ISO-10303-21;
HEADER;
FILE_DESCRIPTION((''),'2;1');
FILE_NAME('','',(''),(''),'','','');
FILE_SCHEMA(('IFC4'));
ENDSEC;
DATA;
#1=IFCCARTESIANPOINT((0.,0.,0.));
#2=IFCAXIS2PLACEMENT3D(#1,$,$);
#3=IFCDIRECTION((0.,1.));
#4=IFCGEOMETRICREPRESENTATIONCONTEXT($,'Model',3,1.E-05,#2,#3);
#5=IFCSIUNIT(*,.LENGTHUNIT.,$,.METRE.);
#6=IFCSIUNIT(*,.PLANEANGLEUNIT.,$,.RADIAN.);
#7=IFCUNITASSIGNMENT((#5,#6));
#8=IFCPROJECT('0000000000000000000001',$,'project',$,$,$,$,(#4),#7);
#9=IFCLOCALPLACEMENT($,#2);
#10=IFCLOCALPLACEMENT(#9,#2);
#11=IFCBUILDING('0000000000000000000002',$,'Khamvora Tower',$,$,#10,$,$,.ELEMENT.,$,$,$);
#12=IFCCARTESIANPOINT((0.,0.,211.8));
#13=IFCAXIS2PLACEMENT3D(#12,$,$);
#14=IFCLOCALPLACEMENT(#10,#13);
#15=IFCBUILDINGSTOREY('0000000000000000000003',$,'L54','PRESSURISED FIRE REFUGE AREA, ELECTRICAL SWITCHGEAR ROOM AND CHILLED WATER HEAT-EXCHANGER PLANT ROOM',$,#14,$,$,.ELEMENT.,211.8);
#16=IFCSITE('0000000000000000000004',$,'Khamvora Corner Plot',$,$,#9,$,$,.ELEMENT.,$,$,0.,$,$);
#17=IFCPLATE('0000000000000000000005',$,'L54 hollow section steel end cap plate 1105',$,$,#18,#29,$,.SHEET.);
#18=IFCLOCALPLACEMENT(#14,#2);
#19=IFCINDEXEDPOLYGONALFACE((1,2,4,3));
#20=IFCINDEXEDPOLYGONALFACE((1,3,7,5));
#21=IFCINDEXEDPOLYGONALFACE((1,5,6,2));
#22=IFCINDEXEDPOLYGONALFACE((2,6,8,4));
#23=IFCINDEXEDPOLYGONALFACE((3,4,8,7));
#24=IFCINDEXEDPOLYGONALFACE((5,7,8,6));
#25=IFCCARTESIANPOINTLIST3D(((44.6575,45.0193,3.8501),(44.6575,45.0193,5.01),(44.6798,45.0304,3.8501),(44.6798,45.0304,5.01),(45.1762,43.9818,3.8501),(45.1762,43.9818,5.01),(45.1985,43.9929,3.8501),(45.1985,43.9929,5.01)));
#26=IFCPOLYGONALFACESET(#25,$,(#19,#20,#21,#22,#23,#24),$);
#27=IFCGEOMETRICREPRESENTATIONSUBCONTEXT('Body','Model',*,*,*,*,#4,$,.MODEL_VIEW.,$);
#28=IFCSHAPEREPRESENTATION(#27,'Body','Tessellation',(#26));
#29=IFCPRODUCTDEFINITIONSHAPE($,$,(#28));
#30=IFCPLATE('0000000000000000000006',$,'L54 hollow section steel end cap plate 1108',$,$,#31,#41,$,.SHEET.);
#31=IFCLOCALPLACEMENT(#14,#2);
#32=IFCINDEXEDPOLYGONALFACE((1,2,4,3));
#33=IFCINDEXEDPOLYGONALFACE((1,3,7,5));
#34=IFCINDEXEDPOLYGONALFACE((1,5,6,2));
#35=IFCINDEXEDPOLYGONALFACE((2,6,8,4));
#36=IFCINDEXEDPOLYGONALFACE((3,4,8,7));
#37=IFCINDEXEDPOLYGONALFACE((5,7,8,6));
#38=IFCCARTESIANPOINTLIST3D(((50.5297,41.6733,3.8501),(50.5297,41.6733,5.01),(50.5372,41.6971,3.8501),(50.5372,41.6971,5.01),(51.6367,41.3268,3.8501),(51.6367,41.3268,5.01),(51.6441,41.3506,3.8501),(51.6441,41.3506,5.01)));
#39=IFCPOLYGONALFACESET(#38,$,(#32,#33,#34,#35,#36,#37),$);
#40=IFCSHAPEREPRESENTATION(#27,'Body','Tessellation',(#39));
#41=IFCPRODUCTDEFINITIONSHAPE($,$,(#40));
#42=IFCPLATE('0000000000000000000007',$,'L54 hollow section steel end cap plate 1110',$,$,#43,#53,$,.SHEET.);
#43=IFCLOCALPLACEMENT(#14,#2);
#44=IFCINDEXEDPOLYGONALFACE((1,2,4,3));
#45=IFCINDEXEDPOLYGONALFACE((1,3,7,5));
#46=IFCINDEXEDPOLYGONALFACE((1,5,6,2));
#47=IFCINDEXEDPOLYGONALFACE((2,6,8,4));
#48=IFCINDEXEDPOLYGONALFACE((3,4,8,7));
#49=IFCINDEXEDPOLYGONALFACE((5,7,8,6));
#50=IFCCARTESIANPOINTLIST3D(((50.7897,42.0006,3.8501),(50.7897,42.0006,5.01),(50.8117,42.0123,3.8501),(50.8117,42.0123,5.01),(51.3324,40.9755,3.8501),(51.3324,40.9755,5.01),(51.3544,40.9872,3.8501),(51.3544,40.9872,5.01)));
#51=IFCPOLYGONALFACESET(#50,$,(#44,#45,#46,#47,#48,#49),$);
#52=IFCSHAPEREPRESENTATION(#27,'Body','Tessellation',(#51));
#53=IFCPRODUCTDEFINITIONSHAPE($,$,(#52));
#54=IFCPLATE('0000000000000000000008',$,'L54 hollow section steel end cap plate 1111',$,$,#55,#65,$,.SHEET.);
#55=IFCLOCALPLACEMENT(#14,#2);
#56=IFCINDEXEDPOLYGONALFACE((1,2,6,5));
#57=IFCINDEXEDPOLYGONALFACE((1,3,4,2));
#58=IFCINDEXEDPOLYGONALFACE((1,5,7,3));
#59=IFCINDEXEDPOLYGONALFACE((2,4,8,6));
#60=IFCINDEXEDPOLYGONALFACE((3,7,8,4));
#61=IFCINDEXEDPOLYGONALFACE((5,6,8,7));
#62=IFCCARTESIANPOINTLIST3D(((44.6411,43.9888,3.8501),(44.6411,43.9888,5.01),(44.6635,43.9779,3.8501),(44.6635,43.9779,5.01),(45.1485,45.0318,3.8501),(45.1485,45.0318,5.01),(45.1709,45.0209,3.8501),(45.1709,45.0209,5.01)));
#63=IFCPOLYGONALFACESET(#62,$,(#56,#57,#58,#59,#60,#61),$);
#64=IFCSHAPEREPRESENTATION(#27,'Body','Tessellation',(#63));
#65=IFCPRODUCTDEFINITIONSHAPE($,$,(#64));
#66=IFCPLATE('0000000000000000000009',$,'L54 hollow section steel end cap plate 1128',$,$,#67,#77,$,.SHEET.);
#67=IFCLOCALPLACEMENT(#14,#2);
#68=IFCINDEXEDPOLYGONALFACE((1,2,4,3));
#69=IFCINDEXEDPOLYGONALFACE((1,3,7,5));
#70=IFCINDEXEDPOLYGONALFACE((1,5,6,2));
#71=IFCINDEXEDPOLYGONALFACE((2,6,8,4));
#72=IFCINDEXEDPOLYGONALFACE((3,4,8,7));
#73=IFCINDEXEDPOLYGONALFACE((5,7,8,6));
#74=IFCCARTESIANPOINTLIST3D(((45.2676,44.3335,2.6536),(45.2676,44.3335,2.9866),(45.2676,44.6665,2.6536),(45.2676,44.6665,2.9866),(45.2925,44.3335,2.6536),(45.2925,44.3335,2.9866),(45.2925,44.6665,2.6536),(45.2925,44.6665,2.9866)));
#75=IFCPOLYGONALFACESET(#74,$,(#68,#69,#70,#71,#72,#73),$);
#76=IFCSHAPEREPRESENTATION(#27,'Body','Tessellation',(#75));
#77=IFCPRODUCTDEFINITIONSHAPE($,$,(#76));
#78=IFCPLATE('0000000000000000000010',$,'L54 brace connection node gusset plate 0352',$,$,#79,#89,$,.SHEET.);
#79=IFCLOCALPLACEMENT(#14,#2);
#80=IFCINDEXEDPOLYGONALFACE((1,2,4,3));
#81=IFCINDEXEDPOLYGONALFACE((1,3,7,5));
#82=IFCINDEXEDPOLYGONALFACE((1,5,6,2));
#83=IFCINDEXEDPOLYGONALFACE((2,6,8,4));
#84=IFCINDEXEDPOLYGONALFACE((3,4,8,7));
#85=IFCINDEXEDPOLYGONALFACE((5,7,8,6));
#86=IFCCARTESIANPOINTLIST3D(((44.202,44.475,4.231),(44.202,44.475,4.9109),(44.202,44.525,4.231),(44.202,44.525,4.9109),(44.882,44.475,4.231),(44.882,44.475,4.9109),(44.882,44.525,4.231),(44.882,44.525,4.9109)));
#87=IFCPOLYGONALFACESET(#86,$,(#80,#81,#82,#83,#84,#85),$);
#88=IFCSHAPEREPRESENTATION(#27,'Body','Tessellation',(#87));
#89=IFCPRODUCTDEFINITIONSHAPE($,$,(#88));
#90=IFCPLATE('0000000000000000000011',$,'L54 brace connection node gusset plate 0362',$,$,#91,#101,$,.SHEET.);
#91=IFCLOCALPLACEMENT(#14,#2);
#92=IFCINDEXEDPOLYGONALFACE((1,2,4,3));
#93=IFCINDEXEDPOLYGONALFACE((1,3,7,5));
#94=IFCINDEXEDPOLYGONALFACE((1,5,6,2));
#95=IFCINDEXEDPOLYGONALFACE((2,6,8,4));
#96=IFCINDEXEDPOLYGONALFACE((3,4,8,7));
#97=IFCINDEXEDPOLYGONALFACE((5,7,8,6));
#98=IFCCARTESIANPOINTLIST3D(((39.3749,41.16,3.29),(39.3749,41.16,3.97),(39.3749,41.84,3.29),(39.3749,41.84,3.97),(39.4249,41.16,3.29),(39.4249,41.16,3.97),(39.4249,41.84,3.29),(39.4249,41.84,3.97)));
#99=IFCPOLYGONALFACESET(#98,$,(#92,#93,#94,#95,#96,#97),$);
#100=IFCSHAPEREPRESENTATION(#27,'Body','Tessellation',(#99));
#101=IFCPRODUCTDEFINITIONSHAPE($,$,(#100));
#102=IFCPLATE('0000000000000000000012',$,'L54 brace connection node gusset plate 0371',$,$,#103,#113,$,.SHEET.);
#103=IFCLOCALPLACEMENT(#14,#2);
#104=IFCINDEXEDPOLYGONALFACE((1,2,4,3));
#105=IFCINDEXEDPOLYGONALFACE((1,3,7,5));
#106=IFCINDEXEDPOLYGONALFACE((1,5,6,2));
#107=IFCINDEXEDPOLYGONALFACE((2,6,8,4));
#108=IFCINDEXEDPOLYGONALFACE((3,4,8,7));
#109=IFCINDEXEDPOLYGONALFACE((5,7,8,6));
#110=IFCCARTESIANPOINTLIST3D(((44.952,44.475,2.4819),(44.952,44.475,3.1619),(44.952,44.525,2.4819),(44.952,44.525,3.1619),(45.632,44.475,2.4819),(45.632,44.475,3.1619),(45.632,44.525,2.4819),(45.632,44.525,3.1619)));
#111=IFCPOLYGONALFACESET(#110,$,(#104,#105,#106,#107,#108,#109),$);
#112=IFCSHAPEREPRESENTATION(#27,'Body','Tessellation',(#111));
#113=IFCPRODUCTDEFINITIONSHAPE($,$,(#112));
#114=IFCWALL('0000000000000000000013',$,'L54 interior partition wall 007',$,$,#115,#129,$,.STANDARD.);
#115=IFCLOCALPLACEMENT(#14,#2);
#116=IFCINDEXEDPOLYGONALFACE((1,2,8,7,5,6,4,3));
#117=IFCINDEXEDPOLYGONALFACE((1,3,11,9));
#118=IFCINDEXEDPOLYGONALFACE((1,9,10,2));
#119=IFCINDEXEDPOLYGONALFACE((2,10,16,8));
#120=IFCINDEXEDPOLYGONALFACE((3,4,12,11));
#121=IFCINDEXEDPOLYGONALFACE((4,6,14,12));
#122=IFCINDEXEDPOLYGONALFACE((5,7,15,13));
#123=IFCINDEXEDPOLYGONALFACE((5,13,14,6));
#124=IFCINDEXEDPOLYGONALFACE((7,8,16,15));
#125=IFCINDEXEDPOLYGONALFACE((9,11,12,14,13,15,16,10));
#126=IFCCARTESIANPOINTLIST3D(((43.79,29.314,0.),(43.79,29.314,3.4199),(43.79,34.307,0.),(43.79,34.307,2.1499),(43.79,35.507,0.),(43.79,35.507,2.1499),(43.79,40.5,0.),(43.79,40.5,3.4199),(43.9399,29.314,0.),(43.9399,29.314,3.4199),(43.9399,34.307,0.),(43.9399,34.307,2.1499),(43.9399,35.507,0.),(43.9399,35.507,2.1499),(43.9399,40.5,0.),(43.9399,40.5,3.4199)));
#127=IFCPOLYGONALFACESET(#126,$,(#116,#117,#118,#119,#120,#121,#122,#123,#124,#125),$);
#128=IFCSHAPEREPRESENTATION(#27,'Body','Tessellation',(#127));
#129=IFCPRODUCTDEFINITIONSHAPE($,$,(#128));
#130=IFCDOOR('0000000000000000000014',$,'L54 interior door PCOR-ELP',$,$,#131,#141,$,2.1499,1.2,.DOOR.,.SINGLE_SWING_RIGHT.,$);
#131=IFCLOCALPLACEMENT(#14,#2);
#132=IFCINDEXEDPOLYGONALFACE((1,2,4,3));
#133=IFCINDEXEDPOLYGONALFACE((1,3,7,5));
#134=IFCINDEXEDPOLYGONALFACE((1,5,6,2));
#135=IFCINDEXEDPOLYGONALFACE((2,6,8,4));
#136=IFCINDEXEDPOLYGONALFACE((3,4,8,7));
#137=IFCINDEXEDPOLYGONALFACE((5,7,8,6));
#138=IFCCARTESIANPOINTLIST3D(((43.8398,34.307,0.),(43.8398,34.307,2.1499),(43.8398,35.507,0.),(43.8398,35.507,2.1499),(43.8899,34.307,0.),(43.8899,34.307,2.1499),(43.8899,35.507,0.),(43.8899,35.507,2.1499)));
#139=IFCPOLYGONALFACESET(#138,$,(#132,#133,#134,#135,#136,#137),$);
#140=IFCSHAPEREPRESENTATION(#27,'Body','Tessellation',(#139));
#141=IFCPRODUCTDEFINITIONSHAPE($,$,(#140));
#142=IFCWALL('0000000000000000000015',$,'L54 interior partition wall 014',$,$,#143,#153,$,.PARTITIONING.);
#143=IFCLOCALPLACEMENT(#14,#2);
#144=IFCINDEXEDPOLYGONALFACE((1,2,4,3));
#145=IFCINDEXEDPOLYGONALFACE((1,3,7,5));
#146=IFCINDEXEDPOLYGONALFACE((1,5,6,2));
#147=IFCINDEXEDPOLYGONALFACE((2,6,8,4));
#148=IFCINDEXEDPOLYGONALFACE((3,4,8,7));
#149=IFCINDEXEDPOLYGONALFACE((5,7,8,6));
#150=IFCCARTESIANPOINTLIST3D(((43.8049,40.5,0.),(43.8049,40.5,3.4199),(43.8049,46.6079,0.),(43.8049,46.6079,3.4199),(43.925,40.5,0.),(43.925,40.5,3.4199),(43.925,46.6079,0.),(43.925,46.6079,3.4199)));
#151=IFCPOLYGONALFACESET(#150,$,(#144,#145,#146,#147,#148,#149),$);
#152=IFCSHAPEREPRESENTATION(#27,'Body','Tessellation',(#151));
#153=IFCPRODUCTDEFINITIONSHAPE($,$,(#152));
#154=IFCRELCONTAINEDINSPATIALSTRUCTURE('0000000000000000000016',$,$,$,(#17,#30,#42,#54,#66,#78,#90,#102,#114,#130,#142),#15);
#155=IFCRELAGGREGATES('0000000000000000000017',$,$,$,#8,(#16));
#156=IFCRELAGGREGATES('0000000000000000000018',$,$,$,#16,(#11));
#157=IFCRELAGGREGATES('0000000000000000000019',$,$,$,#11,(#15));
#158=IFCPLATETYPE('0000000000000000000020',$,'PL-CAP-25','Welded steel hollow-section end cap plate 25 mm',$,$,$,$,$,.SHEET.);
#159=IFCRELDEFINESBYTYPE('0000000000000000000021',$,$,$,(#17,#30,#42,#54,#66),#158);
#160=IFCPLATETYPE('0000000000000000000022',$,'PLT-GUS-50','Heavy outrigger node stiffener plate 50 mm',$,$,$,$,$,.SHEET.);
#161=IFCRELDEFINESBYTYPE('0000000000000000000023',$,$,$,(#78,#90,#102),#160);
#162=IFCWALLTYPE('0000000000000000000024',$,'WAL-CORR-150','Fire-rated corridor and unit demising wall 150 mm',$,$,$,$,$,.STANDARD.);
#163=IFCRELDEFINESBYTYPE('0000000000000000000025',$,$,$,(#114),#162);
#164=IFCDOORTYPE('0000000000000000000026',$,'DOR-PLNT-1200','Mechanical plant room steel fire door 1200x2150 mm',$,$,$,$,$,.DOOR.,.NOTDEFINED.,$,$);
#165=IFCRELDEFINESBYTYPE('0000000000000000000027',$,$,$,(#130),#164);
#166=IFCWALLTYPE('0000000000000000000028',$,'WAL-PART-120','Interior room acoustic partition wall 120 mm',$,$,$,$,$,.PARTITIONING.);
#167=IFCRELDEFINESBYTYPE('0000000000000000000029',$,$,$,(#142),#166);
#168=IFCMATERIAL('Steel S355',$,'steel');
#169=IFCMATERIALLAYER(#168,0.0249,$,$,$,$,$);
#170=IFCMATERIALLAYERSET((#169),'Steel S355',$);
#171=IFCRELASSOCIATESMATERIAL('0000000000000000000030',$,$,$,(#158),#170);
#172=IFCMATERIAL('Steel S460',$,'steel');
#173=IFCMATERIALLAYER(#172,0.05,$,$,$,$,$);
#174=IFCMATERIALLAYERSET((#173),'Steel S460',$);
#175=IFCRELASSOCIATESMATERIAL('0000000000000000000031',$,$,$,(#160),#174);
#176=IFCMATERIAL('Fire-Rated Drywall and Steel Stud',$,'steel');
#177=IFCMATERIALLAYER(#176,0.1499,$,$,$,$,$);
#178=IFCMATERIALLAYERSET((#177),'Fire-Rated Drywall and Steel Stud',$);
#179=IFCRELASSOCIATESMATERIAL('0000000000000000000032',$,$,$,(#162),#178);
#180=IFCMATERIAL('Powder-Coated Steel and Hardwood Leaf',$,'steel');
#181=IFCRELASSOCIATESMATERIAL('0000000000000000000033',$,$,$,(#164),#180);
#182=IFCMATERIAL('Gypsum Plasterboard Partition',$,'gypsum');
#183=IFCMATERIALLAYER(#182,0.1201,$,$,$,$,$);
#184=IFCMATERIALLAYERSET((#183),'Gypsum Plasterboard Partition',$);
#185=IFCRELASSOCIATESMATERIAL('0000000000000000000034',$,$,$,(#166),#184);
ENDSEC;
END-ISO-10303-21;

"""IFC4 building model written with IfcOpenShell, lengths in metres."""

from ifc_helpers import new_model, si_unit, direction, frame, frame_2d, origin, origin_2d, place, context, subcontext, project, spatial, rectangle, extrude, material, layer, layer_set, type_object, element, fill, save


model = new_model("IFC4")

# Units and contexts
model_context = context("Model", 3, precision=1e-05, world=origin(), true_north=direction((0.0, 1.0)))
body_context = subcontext(model_context, "Body", "Model", "MODEL_VIEW")
ifc_project = project(units=[si_unit("LENGTHUNIT", "METRE"), si_unit("PLANEANGLEUNIT", "RADIAN")], contexts=[model_context])

# Site, building, storey
site_placement = place(None, origin())
site = spatial("IfcSite", under=ifc_project, at=site_placement, Name="Khamvora Corner Plot", CompositionType="ELEMENT", RefElevation=0.0)
building_placement = place(site_placement, origin())
building = spatial("IfcBuilding", under=site, at=building_placement, Name="Khamvora Tower", CompositionType="ELEMENT")
storey_placement = place(building_placement, frame((0.0, 0.0, 211.8)))
storey = spatial("IfcBuildingStorey", under=building, at=storey_placement, Name="L54", Description="PRESSURISED FIRE REFUGE AREA, ELECTRICAL SWITCHGEAR ROOM AND CHILLED WATER HEAT-EXCHANGER PLANT ROOM", CompositionType="ELEMENT", Elevation=211.8)

# Shared definitions
ifc_material_1 = material(Name="Steel S355", Category="steel")

# Shared definitions
ifc_material_2 = material(Name="Steel S460", Category="steel")

# Plates
ifc_layer_1 = layer(ifc_material_1, 0.0249)
ifc_layer_set_1 = layer_set([ifc_layer_1], Name="Steel S355")
plate_type_1 = type_object("IfcPlateType", Name="PL-CAP-25", Description="Welded steel hollow-section end cap plate 25 mm", PredefinedType="SHEET", material=ifc_layer_set_1)
for number, where, z_axis, x_axis, name in (
    (1, (44.928, 44.5061, 3.8501), (0.0, 0.0, 1.0), (-0.894428, -0.447213, 0.0), "L54 hollow section steel end cap plate 1105"),
    (2, (51.0869, 41.512, 3.8501), (0.0, 0.0, 1.0), (0.298741, 0.954334, 0.0), "L54 hollow section steel end cap plate 1108"),
    (3, (51.072, 41.4939, 3.8501), (0.0, 0.0, 1.0), (-0.883798, -0.467868, 0.0), "L54 hollow section steel end cap plate 1110"),
    (4, (44.906, 44.5049, 3.8501), (0.0, 0.0, 1.0), (0.899214, -0.437508, 0.0), "L54 hollow section steel end cap plate 1111"),
):
    element("IfcPlate", number, at=place(storey_placement, frame(where, z_axis=z_axis, x_axis=x_axis)), inside=storey, type_object=plate_type_1, Name=name, PredefinedType="SHEET", context=body_context, shape_type="SweptSolid", body=[
        extrude(rectangle(XDim=0.0249, YDim=1.1599, at=origin_2d()), origin(), (0.0, 0.0, 1.0), 1.1599),
    ])
plate_1_placement = place(storey_placement, frame((45.28, 44.5, 2.6536), z_axis=(0.0, 0.0, 1.0), x_axis=(1.0, 0.0, 0.0)))
element("IfcPlate", 5, at=plate_1_placement, inside=storey, type_object=plate_type_1, Name="L54 hollow section steel end cap plate 1128", PredefinedType="SHEET", context=body_context, shape_type="SweptSolid", body=[
    extrude(rectangle(XDim=0.0249, YDim=0.333, at=origin_2d()), origin(), (0.0, 0.0, 1.0), 0.333),
])
ifc_layer_2 = layer(ifc_material_2, 0.05)
ifc_layer_set_2 = layer_set([ifc_layer_2], Name="Steel S460")
plate_type_2 = type_object("IfcPlateType", Name="PLT-GUS-50", Description="Heavy outrigger node stiffener plate 50 mm", PredefinedType="SHEET", material=ifc_layer_set_2)
for number, where, z_axis, x_axis, name in (
    (6, (44.542, 44.5, 4.231), (0.0, 0.0, 1.0), (1.0, 0.0, 0.0), "L54 brace connection node gusset plate 0352"),
    (7, (39.3999, 41.5, 3.29), (0.0, 0.0, 1.0), (0.0, 1.0, 0.0), "L54 brace connection node gusset plate 0362"),
    (8, (45.292, 44.5, 2.4819), (0.0, 0.0, 1.0), (1.0, 0.0, 0.0), "L54 brace connection node gusset plate 0371"),
):
    element("IfcPlate", number, at=place(storey_placement, frame(where, z_axis=z_axis, x_axis=x_axis)), inside=storey, type_object=plate_type_2, Name=name, PredefinedType="SHEET", context=body_context, shape_type="SweptSolid", body=[
        extrude(rectangle(XDim=0.6799, YDim=0.05, at=origin_2d()), origin(), (0.0, 0.0, 1.0), 0.6799),
    ])

# Wall, opening, door
ifc_material_3 = material(Name="Fire-Rated Drywall and Steel Stud", Category="steel")
ifc_layer_3 = layer(ifc_material_3, 0.1499)
ifc_layer_set_3 = layer_set([ifc_layer_3], Name="Fire-Rated Drywall and Steel Stud")
wall_type_1 = type_object("IfcWallType", Name="WAL-CORR-150", Description="Fire-rated corridor and unit demising wall 150 mm", PredefinedType="STANDARD", material=ifc_layer_set_3)
wall_1_placement = place(storey_placement, frame((43.865, 40.5, 0.0), z_axis=(0.0, 0.0, 1.0), x_axis=(0.0, -1.0, 0.0)))
wall_1 = element("IfcWall", 9, at=wall_1_placement, inside=storey, type_object=wall_type_1, Name="L54 interior partition wall 007", PredefinedType="STANDARD", context=body_context, shape_type="SweptSolid", body=[
    extrude(rectangle(XDim=11.186, YDim=0.1499, at=frame_2d((5.593, 0.0))), origin(), (0.0, 0.0, 1.0), 3.4199),
])
opening_placement = place(wall_1_placement, frame((4.9929, 0.0, 0.0)))
opening = element("IfcOpeningElement", 10, at=opening_placement, cuts=wall_1, PredefinedType="OPENING", context=body_context, shape_type="SweptSolid", body=[
    extrude(rectangle(XDim=1.2, YDim=2.1499, at=frame_2d((0.6001, 1.075))), frame((0.0, 0.085, 0.0), z_axis=(0.0, -1.0, 0.0), x_axis=(1.0, 0.0, 0.0)), (0.0, 0.0, 1.0), 0.1699),
])
ifc_material_4 = material(Name="Powder-Coated Steel and Hardwood Leaf", Category="steel")
door_type = type_object("IfcDoorType", Name="DOR-PLNT-1200", Description="Mechanical plant room steel fire door 1200x2150 mm", OperationType="NOTDEFINED", PredefinedType="DOOR", material=ifc_material_4)
door_placement = place(opening_placement, origin())
door = element("IfcDoor", 11, at=door_placement, inside=storey, type_object=door_type, Name="L54 interior door PCOR-ELP", OperationType="SINGLE_SWING_RIGHT", OverallHeight=2.1499, OverallWidth=1.2, PredefinedType="DOOR", context=body_context, shape_type="SweptSolid", body=[
    extrude(rectangle(XDim=1.2, YDim=2.1499, at=frame_2d((0.6001, 1.075))), frame((0.0, 0.0249, 0.0), z_axis=(0.0, -1.0, 0.0), x_axis=(1.0, 0.0, 0.0)), (0.0, 0.0, 1.0), 0.05),
])
fill(opening, door)

# Wall
ifc_material_5 = material(Name="Gypsum Plasterboard Partition", Category="gypsum")
ifc_layer_4 = layer(ifc_material_5, 0.1201)
ifc_layer_set_4 = layer_set([ifc_layer_4], Name="Gypsum Plasterboard Partition")
wall_type_2 = type_object("IfcWallType", Name="WAL-PART-120", Description="Interior room acoustic partition wall 120 mm", PredefinedType="PARTITIONING", material=ifc_layer_set_4)
wall_2_placement = place(storey_placement, frame((43.865, 40.5, 0.0), z_axis=(0.0, 0.0, 1.0), x_axis=(0.0, 1.0, 0.0)))
element("IfcWall", 12, at=wall_2_placement, inside=storey, type_object=wall_type_2, Name="L54 interior partition wall 014", PredefinedType="PARTITIONING", context=body_context, shape_type="SweptSolid", body=[
    extrude(rectangle(XDim=6.1079, YDim=0.1201, at=frame_2d((3.054, 0.0))), origin(), (0.0, 0.0, 1.0), 3.4199),
])

save(model, "model.ifc")
